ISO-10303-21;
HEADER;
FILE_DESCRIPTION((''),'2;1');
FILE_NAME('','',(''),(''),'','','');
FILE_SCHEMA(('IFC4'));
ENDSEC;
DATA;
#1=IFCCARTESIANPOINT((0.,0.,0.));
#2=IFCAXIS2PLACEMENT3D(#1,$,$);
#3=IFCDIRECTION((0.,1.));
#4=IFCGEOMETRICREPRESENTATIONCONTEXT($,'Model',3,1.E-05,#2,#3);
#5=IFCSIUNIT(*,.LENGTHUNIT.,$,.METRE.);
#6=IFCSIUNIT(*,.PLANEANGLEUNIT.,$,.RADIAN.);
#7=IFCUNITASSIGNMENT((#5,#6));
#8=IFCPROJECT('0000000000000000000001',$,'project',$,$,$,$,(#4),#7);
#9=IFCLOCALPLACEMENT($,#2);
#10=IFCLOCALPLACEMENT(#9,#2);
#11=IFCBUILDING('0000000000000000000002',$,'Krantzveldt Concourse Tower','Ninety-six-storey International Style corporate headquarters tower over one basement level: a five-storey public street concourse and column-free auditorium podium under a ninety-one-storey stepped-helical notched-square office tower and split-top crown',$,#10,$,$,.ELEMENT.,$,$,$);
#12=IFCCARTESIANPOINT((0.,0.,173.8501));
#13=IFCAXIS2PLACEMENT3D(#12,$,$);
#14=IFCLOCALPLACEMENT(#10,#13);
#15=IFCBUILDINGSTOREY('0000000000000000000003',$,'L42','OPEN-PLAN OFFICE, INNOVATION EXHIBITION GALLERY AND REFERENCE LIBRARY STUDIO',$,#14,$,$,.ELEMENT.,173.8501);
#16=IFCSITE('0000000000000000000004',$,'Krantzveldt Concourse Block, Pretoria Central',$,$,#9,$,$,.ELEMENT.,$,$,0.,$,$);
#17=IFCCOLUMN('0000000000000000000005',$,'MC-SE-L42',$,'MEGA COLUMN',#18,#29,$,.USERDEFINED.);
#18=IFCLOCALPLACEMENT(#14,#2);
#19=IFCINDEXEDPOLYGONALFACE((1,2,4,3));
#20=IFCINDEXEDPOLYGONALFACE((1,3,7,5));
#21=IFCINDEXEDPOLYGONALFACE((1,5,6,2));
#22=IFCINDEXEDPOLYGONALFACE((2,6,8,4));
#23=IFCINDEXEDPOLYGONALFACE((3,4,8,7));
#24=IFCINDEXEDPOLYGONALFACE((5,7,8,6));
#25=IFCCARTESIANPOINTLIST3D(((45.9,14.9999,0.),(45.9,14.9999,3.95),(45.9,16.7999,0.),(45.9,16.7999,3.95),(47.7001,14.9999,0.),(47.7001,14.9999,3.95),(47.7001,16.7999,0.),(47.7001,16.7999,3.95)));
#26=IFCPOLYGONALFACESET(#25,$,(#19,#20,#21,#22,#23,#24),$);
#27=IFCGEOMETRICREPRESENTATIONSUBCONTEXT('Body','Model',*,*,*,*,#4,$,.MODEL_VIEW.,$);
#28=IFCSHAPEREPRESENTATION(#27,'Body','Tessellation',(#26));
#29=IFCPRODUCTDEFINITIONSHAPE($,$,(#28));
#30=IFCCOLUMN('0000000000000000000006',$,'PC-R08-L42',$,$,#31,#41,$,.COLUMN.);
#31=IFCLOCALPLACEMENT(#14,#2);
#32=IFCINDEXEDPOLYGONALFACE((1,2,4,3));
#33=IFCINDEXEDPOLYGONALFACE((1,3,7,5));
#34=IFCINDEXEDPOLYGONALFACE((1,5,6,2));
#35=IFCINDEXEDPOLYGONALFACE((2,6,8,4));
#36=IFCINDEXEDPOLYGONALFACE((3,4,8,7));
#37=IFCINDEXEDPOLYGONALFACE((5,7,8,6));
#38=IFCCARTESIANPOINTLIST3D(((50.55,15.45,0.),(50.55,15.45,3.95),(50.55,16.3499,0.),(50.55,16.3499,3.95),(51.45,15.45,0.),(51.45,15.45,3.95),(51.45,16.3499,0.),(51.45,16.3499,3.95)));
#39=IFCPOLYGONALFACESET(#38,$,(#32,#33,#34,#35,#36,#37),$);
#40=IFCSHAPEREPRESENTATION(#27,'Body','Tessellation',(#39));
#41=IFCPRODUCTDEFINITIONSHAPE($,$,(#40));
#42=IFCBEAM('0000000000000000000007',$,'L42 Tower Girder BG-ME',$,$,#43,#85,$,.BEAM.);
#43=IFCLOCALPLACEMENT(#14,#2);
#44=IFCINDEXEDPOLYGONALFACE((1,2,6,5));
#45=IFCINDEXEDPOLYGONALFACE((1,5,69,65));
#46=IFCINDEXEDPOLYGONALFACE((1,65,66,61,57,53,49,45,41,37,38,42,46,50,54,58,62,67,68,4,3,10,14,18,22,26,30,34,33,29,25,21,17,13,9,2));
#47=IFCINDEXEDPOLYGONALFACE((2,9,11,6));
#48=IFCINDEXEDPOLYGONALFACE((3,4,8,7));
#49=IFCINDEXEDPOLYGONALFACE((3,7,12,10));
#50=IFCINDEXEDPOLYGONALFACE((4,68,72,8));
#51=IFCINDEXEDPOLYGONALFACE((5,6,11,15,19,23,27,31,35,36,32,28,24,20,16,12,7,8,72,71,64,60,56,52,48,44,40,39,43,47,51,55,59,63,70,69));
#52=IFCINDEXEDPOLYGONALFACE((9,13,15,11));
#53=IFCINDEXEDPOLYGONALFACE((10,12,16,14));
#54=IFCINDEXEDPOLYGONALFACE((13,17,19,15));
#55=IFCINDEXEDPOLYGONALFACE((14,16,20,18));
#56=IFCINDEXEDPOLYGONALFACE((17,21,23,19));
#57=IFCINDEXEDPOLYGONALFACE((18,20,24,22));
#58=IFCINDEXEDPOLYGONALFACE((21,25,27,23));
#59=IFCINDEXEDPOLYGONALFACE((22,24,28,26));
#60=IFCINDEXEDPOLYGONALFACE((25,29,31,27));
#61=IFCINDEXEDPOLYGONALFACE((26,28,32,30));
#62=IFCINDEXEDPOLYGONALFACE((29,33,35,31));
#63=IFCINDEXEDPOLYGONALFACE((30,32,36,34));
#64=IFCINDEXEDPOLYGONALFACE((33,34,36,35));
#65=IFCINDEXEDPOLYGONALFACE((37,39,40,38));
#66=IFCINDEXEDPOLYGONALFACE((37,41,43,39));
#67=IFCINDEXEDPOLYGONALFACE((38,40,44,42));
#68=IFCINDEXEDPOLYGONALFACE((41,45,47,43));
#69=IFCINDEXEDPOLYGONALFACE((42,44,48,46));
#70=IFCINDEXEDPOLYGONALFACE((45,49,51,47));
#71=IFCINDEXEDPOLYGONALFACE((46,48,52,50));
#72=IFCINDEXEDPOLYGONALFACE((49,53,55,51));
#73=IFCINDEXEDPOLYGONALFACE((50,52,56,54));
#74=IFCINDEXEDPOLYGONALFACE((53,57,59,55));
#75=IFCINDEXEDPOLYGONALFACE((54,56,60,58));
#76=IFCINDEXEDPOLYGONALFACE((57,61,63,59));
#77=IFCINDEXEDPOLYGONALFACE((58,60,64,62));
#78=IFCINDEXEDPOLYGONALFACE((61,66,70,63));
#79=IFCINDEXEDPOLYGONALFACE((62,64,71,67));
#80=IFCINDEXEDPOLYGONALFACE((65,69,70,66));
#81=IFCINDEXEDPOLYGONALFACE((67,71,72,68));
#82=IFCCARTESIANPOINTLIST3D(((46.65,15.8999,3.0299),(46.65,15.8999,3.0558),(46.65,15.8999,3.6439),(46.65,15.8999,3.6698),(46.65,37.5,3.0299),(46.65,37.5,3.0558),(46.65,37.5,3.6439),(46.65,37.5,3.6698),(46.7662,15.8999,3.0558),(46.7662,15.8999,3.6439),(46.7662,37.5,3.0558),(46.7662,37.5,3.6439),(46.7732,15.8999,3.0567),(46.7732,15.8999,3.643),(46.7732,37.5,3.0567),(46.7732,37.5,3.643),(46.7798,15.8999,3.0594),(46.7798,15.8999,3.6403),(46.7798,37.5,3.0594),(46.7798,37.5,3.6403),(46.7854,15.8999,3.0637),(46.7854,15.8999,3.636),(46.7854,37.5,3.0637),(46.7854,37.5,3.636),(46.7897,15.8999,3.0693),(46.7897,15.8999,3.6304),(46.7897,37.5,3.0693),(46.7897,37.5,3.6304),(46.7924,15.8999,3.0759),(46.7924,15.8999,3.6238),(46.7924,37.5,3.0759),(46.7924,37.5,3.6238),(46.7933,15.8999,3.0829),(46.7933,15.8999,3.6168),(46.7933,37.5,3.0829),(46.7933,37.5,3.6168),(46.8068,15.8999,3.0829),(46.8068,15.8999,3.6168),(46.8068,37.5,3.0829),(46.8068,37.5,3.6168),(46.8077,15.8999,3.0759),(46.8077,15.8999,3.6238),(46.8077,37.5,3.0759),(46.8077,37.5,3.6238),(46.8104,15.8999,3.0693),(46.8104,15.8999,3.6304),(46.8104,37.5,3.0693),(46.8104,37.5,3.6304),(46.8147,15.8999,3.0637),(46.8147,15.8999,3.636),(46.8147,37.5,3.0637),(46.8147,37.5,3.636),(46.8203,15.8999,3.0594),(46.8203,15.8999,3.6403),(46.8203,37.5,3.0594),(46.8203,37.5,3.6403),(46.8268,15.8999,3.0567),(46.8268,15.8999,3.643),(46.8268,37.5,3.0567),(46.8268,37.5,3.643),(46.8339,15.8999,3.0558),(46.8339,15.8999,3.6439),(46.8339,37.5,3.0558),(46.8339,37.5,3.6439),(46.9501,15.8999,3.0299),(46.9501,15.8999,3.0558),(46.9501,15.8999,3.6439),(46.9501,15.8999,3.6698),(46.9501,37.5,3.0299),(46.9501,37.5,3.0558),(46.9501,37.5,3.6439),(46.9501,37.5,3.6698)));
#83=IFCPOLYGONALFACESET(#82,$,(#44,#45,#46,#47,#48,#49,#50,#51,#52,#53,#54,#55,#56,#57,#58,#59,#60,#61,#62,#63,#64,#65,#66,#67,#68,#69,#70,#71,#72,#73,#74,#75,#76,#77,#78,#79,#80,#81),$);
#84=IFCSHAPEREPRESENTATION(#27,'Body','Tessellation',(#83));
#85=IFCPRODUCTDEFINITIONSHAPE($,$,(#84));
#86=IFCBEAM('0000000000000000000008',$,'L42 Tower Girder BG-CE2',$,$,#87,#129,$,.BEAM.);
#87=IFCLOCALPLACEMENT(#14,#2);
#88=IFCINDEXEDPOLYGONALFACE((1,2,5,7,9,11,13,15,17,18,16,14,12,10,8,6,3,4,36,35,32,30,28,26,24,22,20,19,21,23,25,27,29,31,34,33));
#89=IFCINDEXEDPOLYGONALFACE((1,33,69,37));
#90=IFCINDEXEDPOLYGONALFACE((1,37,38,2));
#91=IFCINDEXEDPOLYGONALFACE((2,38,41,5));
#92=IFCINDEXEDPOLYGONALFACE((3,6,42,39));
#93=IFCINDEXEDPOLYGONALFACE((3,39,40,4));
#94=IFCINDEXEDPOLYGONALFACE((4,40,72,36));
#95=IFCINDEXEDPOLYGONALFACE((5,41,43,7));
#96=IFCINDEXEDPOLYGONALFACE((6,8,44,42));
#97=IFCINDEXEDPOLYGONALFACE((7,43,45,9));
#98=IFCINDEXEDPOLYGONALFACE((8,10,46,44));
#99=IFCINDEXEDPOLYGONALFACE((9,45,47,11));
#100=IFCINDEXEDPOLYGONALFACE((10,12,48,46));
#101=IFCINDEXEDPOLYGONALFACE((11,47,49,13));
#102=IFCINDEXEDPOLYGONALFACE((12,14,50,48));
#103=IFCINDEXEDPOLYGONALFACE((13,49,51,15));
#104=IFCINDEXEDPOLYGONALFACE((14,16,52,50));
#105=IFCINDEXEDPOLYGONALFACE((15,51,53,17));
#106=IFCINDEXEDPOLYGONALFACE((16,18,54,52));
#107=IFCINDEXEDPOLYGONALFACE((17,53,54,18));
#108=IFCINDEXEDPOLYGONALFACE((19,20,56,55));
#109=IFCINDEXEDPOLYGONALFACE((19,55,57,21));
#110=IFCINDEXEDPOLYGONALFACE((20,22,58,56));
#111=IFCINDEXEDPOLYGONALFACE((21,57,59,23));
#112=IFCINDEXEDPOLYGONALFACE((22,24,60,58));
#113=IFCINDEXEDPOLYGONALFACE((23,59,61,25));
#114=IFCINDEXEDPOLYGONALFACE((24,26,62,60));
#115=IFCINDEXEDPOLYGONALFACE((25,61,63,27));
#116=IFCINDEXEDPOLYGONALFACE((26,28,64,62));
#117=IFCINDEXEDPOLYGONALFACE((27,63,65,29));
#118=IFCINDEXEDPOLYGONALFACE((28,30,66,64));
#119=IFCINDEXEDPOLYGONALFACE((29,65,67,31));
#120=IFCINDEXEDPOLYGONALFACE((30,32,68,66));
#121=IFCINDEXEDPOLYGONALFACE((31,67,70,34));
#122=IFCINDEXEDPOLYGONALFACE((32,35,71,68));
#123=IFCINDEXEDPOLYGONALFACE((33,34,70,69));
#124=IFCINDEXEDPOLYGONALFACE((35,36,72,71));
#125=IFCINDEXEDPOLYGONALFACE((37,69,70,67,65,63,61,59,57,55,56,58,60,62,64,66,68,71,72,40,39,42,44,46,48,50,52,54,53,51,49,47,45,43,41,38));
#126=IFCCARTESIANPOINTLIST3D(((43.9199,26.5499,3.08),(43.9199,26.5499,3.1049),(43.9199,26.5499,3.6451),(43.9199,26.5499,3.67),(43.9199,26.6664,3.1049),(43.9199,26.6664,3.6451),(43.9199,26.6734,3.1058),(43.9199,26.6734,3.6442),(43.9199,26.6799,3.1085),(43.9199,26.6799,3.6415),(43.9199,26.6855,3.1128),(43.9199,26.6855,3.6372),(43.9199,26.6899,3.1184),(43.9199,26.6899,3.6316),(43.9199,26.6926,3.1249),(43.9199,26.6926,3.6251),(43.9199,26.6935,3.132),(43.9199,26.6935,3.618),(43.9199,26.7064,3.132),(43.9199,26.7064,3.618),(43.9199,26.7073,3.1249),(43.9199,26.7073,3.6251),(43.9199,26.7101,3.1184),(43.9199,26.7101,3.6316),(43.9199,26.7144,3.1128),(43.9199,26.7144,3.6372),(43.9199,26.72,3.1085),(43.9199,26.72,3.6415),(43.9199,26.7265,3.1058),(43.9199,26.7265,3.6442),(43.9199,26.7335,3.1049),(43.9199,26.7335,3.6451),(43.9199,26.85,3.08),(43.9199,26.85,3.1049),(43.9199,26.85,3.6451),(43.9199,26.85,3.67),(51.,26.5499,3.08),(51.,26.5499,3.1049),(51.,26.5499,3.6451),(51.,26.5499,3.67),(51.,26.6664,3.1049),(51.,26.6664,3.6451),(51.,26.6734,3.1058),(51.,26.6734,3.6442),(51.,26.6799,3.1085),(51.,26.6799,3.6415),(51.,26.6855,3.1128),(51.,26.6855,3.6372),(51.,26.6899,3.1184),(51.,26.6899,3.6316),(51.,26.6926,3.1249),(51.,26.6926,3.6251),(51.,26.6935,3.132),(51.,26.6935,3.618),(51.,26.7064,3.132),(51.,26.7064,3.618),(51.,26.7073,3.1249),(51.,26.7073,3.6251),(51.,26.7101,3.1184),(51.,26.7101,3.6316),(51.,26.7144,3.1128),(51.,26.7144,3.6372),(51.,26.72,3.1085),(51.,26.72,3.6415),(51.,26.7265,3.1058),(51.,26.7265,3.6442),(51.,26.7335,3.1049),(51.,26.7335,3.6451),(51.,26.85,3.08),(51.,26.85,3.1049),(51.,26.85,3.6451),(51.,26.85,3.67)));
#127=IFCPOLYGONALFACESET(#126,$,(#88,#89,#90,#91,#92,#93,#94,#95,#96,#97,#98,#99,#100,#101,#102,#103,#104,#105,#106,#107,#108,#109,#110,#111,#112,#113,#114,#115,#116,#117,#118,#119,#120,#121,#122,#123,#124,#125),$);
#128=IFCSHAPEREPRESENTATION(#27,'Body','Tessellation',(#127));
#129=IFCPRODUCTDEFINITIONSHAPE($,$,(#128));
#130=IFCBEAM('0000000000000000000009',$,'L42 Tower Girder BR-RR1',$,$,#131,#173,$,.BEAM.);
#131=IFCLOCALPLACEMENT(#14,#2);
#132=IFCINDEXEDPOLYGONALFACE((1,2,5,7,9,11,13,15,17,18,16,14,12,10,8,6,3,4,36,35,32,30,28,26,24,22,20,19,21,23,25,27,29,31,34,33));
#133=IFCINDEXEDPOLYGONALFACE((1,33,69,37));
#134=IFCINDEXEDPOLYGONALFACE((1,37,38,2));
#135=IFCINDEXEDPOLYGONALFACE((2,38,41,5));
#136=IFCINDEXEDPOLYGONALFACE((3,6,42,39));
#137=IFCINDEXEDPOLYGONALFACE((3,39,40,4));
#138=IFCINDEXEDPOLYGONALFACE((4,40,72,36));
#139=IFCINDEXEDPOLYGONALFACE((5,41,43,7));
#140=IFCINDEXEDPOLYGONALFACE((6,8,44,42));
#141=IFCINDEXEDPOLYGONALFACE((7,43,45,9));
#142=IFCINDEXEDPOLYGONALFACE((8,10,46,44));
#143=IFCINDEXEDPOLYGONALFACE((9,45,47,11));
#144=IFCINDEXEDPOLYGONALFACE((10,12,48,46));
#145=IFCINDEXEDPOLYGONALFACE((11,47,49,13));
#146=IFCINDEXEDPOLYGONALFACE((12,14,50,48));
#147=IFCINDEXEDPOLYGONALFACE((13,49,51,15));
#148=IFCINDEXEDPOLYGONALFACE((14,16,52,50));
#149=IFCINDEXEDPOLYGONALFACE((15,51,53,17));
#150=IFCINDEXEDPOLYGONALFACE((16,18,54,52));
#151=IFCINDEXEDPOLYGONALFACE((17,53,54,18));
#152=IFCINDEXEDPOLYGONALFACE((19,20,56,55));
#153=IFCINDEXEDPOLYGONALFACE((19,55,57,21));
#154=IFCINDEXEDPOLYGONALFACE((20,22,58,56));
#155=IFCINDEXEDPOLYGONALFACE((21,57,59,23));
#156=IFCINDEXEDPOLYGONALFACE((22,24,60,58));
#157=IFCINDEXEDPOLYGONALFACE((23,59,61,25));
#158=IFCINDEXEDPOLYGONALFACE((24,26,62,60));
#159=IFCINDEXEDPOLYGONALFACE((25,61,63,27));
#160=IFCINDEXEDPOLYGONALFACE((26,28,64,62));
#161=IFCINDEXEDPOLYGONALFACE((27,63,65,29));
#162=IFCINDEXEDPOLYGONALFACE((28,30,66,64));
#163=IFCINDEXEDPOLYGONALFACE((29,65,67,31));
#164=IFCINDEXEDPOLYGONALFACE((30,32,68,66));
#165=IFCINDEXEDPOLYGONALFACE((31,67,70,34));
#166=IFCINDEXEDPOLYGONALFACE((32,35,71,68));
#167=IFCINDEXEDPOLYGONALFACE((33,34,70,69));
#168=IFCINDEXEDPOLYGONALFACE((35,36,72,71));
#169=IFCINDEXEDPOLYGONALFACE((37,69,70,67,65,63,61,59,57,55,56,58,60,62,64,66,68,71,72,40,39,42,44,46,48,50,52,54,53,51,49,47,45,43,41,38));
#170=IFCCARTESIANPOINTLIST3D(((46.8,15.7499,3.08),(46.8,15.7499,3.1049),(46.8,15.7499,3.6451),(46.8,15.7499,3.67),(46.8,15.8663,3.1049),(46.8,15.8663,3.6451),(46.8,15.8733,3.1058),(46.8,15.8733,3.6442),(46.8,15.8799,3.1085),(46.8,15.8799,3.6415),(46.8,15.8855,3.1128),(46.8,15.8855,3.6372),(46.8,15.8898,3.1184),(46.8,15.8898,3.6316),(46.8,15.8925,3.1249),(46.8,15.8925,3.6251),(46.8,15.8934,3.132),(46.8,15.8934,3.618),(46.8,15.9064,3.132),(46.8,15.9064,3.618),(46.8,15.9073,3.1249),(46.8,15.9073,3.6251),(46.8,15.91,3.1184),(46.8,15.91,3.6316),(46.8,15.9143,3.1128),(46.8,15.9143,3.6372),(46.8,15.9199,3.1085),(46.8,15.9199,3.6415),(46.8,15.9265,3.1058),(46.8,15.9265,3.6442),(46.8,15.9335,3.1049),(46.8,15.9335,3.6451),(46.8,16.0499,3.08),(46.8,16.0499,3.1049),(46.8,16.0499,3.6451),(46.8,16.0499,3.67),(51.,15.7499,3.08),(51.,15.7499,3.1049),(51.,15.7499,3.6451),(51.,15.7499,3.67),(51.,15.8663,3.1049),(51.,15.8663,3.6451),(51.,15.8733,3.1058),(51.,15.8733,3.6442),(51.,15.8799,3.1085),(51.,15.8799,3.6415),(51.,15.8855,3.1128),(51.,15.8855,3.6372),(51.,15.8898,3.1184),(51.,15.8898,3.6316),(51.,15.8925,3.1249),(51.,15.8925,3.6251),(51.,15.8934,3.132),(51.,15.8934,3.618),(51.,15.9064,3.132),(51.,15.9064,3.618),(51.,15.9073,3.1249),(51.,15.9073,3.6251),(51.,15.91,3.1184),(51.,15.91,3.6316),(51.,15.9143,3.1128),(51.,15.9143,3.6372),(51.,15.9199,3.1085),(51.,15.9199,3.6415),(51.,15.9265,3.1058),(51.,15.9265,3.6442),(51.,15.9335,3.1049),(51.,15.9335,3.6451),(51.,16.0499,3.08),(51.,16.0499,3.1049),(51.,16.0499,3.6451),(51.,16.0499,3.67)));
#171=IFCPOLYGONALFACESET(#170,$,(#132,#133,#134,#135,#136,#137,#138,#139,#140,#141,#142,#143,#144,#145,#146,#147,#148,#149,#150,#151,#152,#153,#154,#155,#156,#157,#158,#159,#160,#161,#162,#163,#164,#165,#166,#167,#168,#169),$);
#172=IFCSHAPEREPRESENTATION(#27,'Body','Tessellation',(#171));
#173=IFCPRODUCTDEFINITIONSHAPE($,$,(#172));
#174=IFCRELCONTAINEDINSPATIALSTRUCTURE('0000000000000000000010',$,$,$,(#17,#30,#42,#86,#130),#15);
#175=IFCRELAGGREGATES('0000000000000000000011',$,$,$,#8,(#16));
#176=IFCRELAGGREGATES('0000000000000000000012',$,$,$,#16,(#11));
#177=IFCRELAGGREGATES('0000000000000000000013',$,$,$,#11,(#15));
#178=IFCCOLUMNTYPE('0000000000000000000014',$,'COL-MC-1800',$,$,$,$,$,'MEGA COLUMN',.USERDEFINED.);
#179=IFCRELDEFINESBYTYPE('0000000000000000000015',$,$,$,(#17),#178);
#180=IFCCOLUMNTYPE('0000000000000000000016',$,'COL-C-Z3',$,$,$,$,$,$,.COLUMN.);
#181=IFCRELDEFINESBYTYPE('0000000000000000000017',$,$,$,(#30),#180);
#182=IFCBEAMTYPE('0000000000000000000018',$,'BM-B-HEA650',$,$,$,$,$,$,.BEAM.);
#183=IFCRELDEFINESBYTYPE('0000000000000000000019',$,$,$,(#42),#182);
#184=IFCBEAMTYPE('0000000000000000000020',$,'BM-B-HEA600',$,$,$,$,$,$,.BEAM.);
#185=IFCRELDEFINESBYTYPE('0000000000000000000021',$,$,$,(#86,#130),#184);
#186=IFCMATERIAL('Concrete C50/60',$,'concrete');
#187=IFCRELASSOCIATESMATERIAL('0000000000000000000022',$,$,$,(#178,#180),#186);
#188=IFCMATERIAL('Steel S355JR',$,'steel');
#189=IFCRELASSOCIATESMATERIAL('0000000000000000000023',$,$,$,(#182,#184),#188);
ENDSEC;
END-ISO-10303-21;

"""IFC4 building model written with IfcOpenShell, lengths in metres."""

from ifc_helpers import new_model, si_unit, direction, frame, origin, origin_2d, place, context, subcontext, project, spatial, rectangle, i_section, extrude, source, transform, mapped, material, material_profile, profile_set, type_object, type_shapes, element, save


model = new_model("IFC4")

# Units and contexts
model_context = context("Model", 3, precision=1e-05, world=origin(), true_north=direction((0.0, 1.0)))
body_context = subcontext(model_context, "Body", "Model", "MODEL_VIEW")
ifc_project = project(units=[si_unit("LENGTHUNIT", "METRE"), si_unit("PLANEANGLEUNIT", "RADIAN")], contexts=[model_context])

# Site, building, storey
site_placement = place(None, origin())
site = spatial("IfcSite", under=ifc_project, at=site_placement, Name="Krantzveldt Concourse Block, Pretoria Central", CompositionType="ELEMENT", RefElevation=0.0)
building_placement = place(site_placement, origin())
building = spatial("IfcBuilding", under=site, at=building_placement, Name="Krantzveldt Concourse Tower", Description="Ninety-six-storey International Style corporate headquarters tower over one basement level: a five-storey public street concourse and column-free auditorium podium under a ninety-one-storey stepped-helical notched-square office tower and split-top crown", CompositionType="ELEMENT")
storey_placement = place(building_placement, frame((0.0, 0.0, 173.8501)))
storey = spatial("IfcBuildingStorey", under=building, at=storey_placement, Name="L42", Description="OPEN-PLAN OFFICE, INNOVATION EXHIBITION GALLERY AND REFERENCE LIBRARY STUDIO", CompositionType="ELEMENT", Elevation=173.8501)

# Columns
ifc_material_1 = material(Name="Concrete C50/60", Category="concrete")
ifc_material_profile_1 = material_profile(ifc_material_1, rectangle(XDim=1.8, YDim=1.8, at=origin_2d()), Name="Concrete C50/60", Category="concrete")
ifc_profile_set_1 = profile_set([ifc_material_profile_1], Name="Concrete C50/60 - RC 1800x1800")
column_type_1 = type_object("IfcColumnType", Name="COL-MC-1800", ElementType="MEGA COLUMN", PredefinedType="USERDEFINED", material=ifc_profile_set_1)
shared_shape_1 = source(origin(), body_context, "Body", "SweptSolid", [
    extrude(rectangle(XDim=1.8, YDim=1.8, at=origin_2d()), origin(), (0.0, 0.0, 1.0), 3.95),
])
type_shapes(column_type_1, [shared_shape_1])
column_1_placement = place(storey_placement, frame((46.8, 15.8999, 0.0), z_axis=(0.0, 0.0, 1.0), x_axis=(1.0, 0.0, 0.0)))
element("IfcColumn", 1, at=column_1_placement, inside=storey, type_object=column_type_1, Name="MC-SE-L42", ObjectType="MEGA COLUMN", PredefinedType="USERDEFINED", context=body_context, shape_type="MappedRepresentation", body=[
    mapped(shared_shape_1, transform((0.0, 0.0, 0.0), x_axis=(1.0, 0.0, 0.0), y_axis=(0.0, 1.0, 0.0), z_axis=(0.0, 0.0, 1.0), scale=1.0)),
])
ifc_material_profile_2 = material_profile(ifc_material_1, rectangle(XDim=0.8999, YDim=0.8999, at=origin_2d()), Name="Concrete C50/60", Category="concrete")
ifc_profile_set_2 = profile_set([ifc_material_profile_2], Name="Concrete C50/60 - RC 900x900")
column_type_2 = type_object("IfcColumnType", Name="COL-C-Z3", PredefinedType="COLUMN", material=ifc_profile_set_2)
shared_shape_2 = source(origin(), body_context, "Body", "SweptSolid", [
    extrude(rectangle(XDim=0.8999, YDim=0.8999, at=origin_2d()), origin(), (0.0, 0.0, 1.0), 3.95),
])
type_shapes(column_type_2, [shared_shape_2])
column_2_placement = place(storey_placement, frame((51.0, 15.8999, 0.0), z_axis=(0.0, 0.0, 1.0), x_axis=(1.0, 0.0, 0.0)))
element("IfcColumn", 2, at=column_2_placement, inside=storey, type_object=column_type_2, Name="PC-R08-L42", PredefinedType="COLUMN", context=body_context, shape_type="MappedRepresentation", body=[
    mapped(shared_shape_2, transform((0.0, 0.0, 0.0), x_axis=(1.0, 0.0, 0.0), y_axis=(0.0, 1.0, 0.0), z_axis=(0.0, 0.0, 1.0), scale=1.0)),
])

# Beams
ifc_material_2 = material(Name="Steel S355JR", Category="steel")
ifc_material_profile_3 = material_profile(ifc_material_2, i_section(OverallWidth=0.3, OverallDepth=0.6399, WebThickness=0.0134, FlangeThickness=0.0259, FilletRadius=0.0271, at=origin_2d()), Name="Steel S355JR", Category="steel")
ifc_profile_set_3 = profile_set([ifc_material_profile_3], Name="Steel S355JR - HEA 650")
beam_type_1 = type_object("IfcBeamType", Name="BM-B-HEA650", PredefinedType="BEAM", material=ifc_profile_set_3)
shared_shape_3 = source(origin(), body_context, "Body", "SweptSolid", [
    extrude(i_section(OverallWidth=0.3, OverallDepth=0.6399, WebThickness=0.0134, FlangeThickness=0.0259, FilletRadius=0.0271, at=origin_2d()), origin(), (0.0, 0.0, 1.0), 21.6001),
])
type_shapes(beam_type_1, [shared_shape_3])
beam_1_placement = place(storey_placement, frame((46.8, 15.8999, 3.3499), z_axis=(0.0, 1.0, 0.0), x_axis=(-1.0, 0.0, 0.0)))
element("IfcBeam", 3, at=beam_1_placement, inside=storey, type_object=beam_type_1, Name="L42 Tower Girder BG-ME", PredefinedType="BEAM", context=body_context, shape_type="MappedRepresentation", body=[
    mapped(shared_shape_3, transform((0.0, 0.0, 0.0), x_axis=(1.0, 0.0, 0.0), y_axis=(0.0, 1.0, 0.0), z_axis=(0.0, 0.0, 1.0), scale=1.0)),
])
ifc_material_profile_4 = material_profile(ifc_material_2, i_section(OverallWidth=0.3, OverallDepth=0.5901, WebThickness=0.0129, FlangeThickness=0.0249, FilletRadius=0.0271, at=origin_2d()), Name="Steel S355JR", Category="steel")
ifc_profile_set_4 = profile_set([ifc_material_profile_4], Name="Steel S355JR - HEA 600")
beam_type_2 = type_object("IfcBeamType", Name="BM-B-HEA600", PredefinedType="BEAM", material=ifc_profile_set_4)
shared_shape_4 = source(origin(), body_context, "Body", "SweptSolid", [
    extrude(i_section(OverallWidth=0.3, OverallDepth=0.5901, WebThickness=0.0129, FlangeThickness=0.0249, FilletRadius=0.0271, at=origin_2d()), origin(), (0.0, 0.0, 1.0), 7.0801),
])
beam_2_placement = place(storey_placement, frame((43.9199, 26.7, 3.375), z_axis=(1.0, 0.0, 0.0), x_axis=(0.0, 1.0, 0.0)))
element("IfcBeam", 4, at=beam_2_placement, inside=storey, type_object=beam_type_2, Name="L42 Tower Girder BG-CE2", PredefinedType="BEAM", context=body_context, shape_type="MappedRepresentation", body=[
    mapped(shared_shape_4, transform((0.0, 0.0, 0.0), x_axis=(1.0, 0.0, 0.0), y_axis=(0.0, 1.0, 0.0), z_axis=(0.0, 0.0, 1.0), scale=1.0)),
])
shared_shape_5 = source(origin(), body_context, "Body", "SweptSolid", [
    extrude(i_section(OverallWidth=0.3, OverallDepth=0.5901, WebThickness=0.0129, FlangeThickness=0.0249, FilletRadius=0.0271, at=origin_2d()), origin(), (0.0, 0.0, 1.0), 4.2),
])
beam_3_placement = place(storey_placement, frame((46.8, 15.8999, 3.375), z_axis=(1.0, 0.0, 0.0), x_axis=(0.0, 1.0, 0.0)))
element("IfcBeam", 5, at=beam_3_placement, inside=storey, type_object=beam_type_2, Name="L42 Tower Girder BR-RR1", PredefinedType="BEAM", context=body_context, shape_type="MappedRepresentation", body=[
    mapped(shared_shape_5, transform((0.0, 0.0, 0.0), x_axis=(1.0, 0.0, 0.0), y_axis=(0.0, 1.0, 0.0), z_axis=(0.0, 0.0, 1.0), scale=1.0)),
])

save(model, "model.ifc")
